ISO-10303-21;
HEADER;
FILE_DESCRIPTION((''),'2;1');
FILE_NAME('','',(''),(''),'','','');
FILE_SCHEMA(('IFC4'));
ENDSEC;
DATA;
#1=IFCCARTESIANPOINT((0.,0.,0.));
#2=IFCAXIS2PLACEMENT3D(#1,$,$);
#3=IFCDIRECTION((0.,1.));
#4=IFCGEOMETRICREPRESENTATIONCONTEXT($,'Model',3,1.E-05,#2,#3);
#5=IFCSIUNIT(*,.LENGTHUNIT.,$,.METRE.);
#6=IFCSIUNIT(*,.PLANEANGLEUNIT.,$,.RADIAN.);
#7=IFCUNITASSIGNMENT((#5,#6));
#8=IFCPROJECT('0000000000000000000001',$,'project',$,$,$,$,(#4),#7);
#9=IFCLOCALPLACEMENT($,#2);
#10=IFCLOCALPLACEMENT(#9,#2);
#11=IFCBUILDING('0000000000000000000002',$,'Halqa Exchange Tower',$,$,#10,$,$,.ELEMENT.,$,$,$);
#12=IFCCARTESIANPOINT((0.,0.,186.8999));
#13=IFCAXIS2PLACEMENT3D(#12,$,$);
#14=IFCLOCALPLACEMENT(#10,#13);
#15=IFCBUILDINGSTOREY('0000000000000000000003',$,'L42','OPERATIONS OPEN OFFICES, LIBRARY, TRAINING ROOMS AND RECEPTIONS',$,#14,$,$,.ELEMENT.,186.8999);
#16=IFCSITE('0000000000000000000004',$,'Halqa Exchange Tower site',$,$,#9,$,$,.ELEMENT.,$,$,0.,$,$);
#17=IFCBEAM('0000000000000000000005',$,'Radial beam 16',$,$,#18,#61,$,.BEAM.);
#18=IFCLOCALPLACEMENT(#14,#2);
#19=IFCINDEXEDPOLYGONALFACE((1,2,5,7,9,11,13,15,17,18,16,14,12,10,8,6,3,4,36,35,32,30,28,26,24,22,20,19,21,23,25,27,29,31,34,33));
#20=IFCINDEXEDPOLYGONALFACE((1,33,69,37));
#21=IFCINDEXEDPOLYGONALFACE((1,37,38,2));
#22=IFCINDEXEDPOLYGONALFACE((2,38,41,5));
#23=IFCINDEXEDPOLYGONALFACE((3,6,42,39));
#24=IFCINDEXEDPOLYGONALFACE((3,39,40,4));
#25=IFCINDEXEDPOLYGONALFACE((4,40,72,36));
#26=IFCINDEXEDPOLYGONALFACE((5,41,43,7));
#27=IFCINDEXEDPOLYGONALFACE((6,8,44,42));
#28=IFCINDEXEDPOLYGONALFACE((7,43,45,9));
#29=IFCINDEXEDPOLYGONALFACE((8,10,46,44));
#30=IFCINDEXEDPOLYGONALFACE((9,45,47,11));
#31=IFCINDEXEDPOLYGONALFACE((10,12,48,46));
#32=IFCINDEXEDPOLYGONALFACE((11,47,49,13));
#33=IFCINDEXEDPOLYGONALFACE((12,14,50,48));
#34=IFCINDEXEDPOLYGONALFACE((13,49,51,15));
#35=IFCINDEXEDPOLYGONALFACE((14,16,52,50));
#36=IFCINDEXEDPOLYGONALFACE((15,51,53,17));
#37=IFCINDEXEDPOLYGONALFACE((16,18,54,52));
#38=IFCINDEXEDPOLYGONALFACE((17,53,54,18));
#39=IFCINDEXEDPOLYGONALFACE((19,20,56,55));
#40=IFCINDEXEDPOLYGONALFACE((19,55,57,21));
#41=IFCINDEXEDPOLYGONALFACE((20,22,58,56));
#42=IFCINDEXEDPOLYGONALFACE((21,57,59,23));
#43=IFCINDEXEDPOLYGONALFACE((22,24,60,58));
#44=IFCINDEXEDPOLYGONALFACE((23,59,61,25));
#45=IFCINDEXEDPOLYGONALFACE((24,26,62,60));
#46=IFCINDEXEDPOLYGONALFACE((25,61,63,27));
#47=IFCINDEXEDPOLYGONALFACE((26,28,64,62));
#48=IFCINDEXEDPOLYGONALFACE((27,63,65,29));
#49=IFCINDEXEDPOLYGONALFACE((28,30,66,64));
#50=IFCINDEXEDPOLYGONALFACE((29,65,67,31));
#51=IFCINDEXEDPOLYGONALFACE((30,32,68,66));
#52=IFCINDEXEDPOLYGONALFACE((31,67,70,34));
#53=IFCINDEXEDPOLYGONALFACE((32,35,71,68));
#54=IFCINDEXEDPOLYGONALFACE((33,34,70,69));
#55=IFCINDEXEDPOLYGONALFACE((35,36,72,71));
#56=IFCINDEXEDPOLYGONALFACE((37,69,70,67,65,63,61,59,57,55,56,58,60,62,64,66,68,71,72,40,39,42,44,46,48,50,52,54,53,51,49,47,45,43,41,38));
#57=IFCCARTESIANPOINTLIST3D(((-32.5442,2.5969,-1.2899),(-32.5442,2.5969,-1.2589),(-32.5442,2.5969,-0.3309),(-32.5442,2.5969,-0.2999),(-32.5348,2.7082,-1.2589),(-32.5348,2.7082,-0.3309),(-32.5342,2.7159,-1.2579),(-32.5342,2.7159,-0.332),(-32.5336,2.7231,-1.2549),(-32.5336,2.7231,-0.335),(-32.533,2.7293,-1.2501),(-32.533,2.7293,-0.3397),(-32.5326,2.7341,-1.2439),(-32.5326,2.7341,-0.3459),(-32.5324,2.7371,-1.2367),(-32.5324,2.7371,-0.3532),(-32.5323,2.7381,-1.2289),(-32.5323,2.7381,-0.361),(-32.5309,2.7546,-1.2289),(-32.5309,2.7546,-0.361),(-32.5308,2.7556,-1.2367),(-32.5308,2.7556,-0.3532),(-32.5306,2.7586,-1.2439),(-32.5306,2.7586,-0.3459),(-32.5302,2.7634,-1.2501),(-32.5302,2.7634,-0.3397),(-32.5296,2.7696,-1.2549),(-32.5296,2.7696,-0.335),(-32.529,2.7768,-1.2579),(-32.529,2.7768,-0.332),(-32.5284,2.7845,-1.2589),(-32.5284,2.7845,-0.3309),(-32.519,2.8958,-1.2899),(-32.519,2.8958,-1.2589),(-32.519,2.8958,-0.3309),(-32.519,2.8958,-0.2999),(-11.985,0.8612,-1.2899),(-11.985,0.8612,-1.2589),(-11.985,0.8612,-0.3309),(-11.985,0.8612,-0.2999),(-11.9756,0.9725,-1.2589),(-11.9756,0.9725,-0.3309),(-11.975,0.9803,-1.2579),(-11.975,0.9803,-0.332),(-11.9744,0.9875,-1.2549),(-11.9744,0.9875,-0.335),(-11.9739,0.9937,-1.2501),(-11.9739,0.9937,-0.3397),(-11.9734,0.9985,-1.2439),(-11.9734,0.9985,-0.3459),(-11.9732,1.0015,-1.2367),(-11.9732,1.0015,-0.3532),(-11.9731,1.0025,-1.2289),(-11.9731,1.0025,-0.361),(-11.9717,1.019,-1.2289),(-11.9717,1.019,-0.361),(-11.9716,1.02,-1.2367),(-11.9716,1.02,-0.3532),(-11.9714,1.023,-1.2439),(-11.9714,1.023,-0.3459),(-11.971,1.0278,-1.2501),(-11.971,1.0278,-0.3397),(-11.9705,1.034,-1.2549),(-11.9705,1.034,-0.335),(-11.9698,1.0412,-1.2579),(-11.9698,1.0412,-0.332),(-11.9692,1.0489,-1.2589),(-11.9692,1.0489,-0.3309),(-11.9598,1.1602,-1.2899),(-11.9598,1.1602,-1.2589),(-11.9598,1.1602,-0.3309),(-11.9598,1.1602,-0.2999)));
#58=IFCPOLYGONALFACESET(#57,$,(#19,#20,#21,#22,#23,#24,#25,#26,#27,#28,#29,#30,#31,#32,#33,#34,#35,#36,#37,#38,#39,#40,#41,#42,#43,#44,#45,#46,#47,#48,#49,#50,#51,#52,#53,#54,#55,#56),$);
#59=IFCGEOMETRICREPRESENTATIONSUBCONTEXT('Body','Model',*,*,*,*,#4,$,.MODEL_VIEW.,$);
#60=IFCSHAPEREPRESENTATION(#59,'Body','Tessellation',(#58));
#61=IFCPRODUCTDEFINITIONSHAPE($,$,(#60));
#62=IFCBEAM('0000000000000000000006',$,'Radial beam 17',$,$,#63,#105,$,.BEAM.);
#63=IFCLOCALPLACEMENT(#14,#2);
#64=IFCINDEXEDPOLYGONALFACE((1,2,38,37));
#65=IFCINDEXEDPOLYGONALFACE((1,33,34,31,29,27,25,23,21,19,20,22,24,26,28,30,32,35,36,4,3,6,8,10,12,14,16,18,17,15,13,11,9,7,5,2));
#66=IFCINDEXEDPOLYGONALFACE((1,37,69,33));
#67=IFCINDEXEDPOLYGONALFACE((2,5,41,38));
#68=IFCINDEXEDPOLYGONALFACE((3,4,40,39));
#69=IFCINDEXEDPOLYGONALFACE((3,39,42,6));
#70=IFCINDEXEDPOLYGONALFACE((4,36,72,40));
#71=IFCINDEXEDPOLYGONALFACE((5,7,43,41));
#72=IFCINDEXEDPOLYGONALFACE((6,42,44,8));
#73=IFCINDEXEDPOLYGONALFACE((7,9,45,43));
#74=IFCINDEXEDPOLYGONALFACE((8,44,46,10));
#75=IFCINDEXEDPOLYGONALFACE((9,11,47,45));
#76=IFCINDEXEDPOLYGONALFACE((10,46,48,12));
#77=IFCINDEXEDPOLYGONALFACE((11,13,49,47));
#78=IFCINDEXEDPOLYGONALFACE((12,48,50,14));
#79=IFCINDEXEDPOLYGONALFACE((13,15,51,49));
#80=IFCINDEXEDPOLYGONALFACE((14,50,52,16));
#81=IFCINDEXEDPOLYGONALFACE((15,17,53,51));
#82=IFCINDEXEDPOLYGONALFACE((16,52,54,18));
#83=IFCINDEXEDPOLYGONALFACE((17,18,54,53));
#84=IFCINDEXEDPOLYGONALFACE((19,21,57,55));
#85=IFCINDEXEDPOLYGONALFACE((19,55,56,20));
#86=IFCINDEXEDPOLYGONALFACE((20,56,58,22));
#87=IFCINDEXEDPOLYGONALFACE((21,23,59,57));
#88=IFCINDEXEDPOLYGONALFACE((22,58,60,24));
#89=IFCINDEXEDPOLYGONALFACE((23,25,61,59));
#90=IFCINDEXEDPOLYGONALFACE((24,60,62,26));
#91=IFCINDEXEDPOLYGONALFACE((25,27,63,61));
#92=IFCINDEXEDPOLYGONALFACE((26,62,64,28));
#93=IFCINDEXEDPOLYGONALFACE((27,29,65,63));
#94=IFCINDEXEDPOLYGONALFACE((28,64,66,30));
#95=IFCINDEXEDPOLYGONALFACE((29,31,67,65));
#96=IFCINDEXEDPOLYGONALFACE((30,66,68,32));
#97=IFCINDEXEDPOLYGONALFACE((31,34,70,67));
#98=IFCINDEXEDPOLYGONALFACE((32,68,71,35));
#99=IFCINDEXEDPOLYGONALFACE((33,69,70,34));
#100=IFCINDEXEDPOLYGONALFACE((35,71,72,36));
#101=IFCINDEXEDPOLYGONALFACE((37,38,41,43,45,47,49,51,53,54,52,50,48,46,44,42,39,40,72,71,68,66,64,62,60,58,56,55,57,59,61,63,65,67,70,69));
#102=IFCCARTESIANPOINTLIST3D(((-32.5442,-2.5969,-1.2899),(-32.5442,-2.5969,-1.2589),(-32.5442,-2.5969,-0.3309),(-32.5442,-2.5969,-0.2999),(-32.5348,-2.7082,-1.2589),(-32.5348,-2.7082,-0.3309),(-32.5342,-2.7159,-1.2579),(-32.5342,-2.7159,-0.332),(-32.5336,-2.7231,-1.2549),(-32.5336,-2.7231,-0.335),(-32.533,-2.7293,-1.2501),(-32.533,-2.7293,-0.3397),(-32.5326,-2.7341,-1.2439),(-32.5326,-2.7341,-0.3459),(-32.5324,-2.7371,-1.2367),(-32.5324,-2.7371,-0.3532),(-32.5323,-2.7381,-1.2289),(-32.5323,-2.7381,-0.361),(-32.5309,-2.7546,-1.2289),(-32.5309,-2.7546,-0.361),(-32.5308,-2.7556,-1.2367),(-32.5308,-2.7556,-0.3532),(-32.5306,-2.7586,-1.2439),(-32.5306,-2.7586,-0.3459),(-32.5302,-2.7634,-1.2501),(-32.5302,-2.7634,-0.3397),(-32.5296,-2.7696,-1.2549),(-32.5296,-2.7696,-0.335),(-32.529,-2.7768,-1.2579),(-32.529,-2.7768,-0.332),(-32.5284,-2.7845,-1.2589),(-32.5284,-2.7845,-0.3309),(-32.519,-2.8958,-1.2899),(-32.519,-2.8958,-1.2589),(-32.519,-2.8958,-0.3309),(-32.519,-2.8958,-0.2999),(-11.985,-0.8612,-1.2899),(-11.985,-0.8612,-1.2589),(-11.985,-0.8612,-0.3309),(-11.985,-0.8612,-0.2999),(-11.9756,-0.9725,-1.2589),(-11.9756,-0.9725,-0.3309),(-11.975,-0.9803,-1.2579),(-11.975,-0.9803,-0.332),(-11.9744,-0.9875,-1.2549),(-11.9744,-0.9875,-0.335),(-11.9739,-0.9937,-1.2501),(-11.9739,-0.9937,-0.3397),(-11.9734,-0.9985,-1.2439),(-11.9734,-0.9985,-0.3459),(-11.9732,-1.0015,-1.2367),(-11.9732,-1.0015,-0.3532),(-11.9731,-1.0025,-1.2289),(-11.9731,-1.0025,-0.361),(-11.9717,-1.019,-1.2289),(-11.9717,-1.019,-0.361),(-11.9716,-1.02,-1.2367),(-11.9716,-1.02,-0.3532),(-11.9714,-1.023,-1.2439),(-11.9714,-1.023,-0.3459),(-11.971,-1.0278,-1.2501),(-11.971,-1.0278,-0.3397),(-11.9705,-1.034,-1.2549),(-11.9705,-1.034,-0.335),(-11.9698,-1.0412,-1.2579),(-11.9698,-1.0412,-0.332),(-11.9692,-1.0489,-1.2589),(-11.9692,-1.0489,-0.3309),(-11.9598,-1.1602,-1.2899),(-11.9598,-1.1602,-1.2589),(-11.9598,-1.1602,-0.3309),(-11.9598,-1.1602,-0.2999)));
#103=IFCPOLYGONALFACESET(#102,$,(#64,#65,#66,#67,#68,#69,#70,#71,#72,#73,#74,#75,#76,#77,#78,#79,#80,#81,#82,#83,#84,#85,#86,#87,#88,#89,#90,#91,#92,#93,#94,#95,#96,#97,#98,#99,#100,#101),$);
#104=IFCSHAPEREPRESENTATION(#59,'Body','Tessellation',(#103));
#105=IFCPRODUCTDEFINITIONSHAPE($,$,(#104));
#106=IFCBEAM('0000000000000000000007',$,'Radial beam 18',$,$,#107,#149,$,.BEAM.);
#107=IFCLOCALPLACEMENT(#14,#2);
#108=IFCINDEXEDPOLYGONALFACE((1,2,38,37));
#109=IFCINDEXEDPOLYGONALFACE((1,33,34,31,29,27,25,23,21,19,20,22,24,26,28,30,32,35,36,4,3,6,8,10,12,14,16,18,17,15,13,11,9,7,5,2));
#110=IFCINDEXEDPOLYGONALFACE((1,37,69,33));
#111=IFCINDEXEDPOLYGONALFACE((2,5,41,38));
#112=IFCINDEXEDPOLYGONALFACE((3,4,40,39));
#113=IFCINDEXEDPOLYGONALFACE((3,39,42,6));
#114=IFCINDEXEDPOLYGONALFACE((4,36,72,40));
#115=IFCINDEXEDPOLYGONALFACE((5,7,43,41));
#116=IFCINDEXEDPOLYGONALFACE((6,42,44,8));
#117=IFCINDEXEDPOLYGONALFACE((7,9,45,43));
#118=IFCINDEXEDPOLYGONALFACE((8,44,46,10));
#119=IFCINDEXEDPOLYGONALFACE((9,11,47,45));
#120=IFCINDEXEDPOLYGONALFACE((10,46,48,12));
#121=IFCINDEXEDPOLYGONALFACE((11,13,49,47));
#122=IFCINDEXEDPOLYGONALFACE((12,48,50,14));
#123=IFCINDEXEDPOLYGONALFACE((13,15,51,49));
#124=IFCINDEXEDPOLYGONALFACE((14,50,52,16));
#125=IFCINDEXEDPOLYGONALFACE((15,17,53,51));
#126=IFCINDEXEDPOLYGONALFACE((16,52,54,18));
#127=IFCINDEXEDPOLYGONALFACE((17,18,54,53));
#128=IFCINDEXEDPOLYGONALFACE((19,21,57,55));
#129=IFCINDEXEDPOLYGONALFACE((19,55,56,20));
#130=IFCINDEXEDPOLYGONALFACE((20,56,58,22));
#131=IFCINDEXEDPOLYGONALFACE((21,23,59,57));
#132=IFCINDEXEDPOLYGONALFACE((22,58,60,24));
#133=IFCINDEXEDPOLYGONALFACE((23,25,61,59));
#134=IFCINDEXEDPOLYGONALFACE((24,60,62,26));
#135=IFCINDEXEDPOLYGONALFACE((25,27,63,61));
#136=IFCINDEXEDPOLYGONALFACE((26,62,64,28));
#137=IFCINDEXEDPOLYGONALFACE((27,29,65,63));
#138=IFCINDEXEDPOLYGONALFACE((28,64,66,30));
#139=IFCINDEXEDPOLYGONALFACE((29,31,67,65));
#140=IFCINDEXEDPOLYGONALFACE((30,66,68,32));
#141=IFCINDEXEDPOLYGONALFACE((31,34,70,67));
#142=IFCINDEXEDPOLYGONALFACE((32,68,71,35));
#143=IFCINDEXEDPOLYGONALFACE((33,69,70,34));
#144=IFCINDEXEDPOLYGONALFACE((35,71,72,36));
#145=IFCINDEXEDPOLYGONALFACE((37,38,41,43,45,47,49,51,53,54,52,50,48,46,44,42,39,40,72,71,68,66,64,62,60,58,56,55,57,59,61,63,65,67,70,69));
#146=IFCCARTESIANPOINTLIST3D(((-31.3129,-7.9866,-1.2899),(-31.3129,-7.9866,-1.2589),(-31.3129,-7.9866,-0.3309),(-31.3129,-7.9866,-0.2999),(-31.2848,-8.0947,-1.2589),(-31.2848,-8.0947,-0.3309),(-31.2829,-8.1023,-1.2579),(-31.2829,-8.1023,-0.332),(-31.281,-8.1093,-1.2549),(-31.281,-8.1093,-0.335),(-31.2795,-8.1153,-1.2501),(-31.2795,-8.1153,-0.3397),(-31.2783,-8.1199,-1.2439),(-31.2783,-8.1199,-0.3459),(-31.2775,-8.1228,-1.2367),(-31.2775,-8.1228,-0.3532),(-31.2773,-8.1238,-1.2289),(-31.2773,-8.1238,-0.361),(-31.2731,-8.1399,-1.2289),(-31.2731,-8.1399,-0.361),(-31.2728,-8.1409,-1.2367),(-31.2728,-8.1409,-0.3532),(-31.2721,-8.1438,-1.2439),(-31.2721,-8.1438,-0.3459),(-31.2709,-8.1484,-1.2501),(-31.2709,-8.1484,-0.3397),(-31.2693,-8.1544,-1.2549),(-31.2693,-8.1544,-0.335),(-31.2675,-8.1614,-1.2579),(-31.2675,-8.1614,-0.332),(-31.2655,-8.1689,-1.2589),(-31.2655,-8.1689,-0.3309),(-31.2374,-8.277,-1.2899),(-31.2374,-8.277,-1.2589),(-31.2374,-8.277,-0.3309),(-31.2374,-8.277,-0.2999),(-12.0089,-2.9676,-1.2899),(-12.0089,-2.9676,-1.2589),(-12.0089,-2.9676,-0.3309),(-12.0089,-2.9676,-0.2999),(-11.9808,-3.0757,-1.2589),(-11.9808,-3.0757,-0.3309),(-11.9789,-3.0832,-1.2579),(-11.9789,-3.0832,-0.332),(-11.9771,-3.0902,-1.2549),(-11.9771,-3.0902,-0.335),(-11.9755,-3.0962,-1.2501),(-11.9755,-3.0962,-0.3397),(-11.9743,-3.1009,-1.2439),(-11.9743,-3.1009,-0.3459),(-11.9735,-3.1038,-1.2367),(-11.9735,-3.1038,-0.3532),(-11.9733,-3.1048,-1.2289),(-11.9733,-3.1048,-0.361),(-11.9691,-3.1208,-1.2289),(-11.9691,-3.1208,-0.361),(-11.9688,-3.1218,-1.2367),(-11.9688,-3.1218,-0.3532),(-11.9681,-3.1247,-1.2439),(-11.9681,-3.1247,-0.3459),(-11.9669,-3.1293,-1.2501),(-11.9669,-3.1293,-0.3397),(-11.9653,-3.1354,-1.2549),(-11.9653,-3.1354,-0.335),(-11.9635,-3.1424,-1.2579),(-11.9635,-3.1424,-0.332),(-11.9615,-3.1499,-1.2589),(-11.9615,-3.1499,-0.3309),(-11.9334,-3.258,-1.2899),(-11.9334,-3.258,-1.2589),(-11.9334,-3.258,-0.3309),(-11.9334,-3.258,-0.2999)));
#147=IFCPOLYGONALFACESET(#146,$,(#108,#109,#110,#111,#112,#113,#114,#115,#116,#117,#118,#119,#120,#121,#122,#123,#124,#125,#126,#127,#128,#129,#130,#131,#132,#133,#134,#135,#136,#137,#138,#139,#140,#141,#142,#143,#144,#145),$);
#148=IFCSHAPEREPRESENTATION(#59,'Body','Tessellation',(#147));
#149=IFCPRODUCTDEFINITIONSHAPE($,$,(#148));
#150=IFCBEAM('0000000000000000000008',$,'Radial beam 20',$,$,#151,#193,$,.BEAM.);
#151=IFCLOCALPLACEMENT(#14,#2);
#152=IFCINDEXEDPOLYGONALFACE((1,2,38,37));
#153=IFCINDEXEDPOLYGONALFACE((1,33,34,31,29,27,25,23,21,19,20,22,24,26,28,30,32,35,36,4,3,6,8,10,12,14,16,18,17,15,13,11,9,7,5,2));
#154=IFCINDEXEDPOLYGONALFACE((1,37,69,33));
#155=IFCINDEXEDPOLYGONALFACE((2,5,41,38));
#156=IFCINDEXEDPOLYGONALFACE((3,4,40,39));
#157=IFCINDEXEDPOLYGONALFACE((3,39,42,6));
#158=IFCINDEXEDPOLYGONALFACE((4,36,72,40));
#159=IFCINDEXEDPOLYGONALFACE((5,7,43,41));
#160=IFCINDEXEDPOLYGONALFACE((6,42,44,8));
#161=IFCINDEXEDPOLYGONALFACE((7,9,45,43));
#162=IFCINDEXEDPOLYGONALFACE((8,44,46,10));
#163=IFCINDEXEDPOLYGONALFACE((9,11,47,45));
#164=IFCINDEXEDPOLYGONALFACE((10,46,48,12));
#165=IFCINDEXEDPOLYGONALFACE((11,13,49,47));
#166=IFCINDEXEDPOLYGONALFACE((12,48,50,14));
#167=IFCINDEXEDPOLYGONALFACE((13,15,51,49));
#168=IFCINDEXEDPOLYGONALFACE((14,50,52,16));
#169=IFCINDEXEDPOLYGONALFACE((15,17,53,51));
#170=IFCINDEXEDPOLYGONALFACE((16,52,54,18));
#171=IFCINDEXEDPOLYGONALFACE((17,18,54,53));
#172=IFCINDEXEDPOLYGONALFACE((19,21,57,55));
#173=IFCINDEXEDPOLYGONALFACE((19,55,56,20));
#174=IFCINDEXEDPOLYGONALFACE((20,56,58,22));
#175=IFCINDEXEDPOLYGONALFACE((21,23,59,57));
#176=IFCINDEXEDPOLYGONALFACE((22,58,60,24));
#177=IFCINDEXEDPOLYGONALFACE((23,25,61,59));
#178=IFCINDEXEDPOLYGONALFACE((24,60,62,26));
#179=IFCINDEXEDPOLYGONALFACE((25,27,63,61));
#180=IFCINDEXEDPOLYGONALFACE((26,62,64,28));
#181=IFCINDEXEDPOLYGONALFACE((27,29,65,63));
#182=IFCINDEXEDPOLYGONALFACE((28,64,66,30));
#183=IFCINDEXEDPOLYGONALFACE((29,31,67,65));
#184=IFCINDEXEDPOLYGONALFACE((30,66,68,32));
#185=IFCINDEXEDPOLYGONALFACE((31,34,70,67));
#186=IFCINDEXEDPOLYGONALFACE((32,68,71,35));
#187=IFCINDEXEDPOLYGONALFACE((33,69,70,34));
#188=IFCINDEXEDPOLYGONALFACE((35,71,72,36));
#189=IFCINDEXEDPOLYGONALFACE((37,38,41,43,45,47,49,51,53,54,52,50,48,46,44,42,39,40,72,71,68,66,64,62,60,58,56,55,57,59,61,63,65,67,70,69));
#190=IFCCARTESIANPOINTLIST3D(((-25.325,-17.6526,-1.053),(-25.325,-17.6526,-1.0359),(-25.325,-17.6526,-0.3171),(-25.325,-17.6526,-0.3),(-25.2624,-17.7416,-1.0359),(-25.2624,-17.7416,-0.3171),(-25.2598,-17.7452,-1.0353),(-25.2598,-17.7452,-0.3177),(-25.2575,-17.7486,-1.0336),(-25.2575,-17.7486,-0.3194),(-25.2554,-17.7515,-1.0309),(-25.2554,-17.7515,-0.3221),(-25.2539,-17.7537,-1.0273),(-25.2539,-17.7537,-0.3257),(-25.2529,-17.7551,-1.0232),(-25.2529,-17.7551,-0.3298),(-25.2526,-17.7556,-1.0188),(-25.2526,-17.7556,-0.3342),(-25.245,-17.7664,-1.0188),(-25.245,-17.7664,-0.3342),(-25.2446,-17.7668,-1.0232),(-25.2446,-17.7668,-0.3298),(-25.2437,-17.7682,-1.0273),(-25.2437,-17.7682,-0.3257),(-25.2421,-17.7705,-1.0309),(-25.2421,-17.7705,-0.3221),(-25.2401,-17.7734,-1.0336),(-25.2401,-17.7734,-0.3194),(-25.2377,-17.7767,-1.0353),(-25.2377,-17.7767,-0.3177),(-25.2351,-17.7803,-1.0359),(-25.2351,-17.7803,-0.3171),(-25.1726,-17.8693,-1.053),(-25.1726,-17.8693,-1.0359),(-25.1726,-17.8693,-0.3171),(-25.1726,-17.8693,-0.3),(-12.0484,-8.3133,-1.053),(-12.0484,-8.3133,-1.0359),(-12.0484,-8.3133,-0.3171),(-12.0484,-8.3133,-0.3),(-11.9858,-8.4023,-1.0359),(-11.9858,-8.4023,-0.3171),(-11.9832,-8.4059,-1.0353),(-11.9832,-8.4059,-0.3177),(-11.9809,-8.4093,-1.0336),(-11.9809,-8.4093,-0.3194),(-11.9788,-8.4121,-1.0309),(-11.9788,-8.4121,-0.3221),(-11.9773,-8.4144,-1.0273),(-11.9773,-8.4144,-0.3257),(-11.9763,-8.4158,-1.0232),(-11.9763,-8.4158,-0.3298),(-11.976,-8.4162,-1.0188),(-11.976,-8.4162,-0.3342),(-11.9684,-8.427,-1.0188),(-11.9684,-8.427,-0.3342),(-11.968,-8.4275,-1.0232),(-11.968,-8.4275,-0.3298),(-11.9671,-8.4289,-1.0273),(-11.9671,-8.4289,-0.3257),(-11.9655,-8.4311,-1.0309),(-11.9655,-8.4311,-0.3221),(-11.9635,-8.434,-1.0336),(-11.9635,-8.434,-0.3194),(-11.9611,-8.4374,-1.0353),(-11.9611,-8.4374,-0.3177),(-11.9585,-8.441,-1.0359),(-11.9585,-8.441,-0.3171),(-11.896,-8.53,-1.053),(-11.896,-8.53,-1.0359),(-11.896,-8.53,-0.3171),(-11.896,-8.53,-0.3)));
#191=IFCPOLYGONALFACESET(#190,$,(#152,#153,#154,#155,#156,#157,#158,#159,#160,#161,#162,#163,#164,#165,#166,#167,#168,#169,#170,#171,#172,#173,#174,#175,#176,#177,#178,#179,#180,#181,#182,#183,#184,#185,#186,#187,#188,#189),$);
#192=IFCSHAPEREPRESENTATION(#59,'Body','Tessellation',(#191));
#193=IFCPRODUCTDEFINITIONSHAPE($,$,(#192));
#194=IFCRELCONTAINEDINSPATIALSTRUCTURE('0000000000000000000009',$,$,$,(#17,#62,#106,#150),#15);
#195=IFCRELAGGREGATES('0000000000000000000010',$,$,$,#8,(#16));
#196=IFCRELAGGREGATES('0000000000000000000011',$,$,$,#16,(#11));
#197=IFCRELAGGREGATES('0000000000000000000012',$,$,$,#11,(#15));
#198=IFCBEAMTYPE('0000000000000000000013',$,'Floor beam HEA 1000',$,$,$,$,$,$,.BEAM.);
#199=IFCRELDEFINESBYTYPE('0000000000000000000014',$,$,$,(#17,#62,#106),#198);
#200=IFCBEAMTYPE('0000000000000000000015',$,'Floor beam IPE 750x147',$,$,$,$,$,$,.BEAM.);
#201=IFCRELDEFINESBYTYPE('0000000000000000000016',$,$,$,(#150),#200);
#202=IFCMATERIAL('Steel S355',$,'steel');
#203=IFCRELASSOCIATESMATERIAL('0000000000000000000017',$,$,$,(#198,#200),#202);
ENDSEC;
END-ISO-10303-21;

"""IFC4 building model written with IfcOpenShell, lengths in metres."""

from ifc_helpers import new_model, si_unit, direction, frame, origin, origin_2d, place, context, subcontext, project, spatial, i_section, extrude, material, material_profile, profile_set, type_object, element, save


model = new_model("IFC4")

# Units and contexts
model_context = context("Model", 3, precision=1e-05, world=origin(), true_north=direction((0.0, 1.0)))
body_context = subcontext(model_context, "Body", "Model", "MODEL_VIEW")
ifc_project = project(units=[si_unit("LENGTHUNIT", "METRE"), si_unit("PLANEANGLEUNIT", "RADIAN")], contexts=[model_context])

# Site, building, storey
site_placement = place(None, origin())
site = spatial("IfcSite", under=ifc_project, at=site_placement, Name="Halqa Exchange Tower site", CompositionType="ELEMENT", RefElevation=0.0)
building_placement = place(site_placement, origin())
building = spatial("IfcBuilding", under=site, at=building_placement, Name="Halqa Exchange Tower", CompositionType="ELEMENT")
storey_placement = place(building_placement, frame((0.0, 0.0, 186.8999)))
storey = spatial("IfcBuildingStorey", under=building, at=storey_placement, Name="L42", Description="OPERATIONS OPEN OFFICES, LIBRARY, TRAINING ROOMS AND RECEPTIONS", CompositionType="ELEMENT", Elevation=186.8999)

# Beams
ifc_material_1 = material(Name="Steel S355", Category="steel")
ifc_material_profile_1 = material_profile(ifc_material_1, i_section(OverallWidth=0.3, OverallDepth=0.99, WebThickness=0.0166, FlangeThickness=0.031, FilletRadius=0.03, at=origin_2d()), Name="HEA 1000")
ifc_profile_set_1 = profile_set([ifc_material_profile_1], Name="Steel S355")
beam_type_1 = type_object("IfcBeamType", Name="Floor beam HEA 1000", PredefinedType="BEAM", material=ifc_profile_set_1)
for number, where, z_axis, x_axis, name in (
    (1, (-11.9724, 1.0107, -0.7949), (-0.996456, 0.084121, 0.0), (-0.084121, -0.996456, 0.0), "Radial beam 16"),
    (2, (-11.9724, -1.0107, -0.7949), (-0.996456, -0.084121, 0.0), (0.084121, -0.996456, 0.0), "Radial beam 17"),
):
    element("IfcBeam", number, at=place(storey_placement, frame(where, z_axis=z_axis, x_axis=x_axis)), inside=storey, type_object=beam_type_1, Name=name, PredefinedType="BEAM", context=body_context, shape_type="SweptSolid", body=[
        extrude(i_section(OverallWidth=0.3, OverallDepth=0.99, WebThickness=0.0166, FlangeThickness=0.031, FilletRadius=0.03, at=origin_2d()), origin(), (0.0, 0.0, 1.0), 20.6323),
    ])
beam_1_placement = place(storey_placement, frame((-11.9712, -3.1128, -0.7949), z_axis=(-0.967822, -0.251635, 0.0), x_axis=(0.251635, -0.967822, 0.0)))
element("IfcBeam", 3, at=beam_1_placement, inside=storey, type_object=beam_type_1, Name="Radial beam 18", PredefinedType="BEAM", context=body_context, shape_type="SweptSolid", body=[
    extrude(i_section(OverallWidth=0.3, OverallDepth=0.99, WebThickness=0.0166, FlangeThickness=0.031, FilletRadius=0.03, at=origin_2d()), origin(), (0.0, 0.0, 1.0), 19.9458),
])
ifc_material_profile_2 = material_profile(ifc_material_1, i_section(OverallWidth=0.2649, OverallDepth=0.7529, WebThickness=0.0132, FlangeThickness=0.0171, FilletRadius=0.0171, at=origin_2d()), Name="IPE 750x147")
ifc_profile_set_2 = profile_set([ifc_material_profile_2], Name="Steel S355")
beam_type_2 = type_object("IfcBeamType", Name="Floor beam IPE 750x147", PredefinedType="BEAM", material=ifc_profile_set_2)
beam_2_placement = place(storey_placement, frame((-11.9722, -8.4216, -0.6765), z_axis=(-0.817906, -0.575351, 0.0), x_axis=(0.575351, -0.817906, 0.0)))
element("IfcBeam", 4, at=beam_2_placement, inside=storey, type_object=beam_type_2, Name="Radial beam 20", PredefinedType="BEAM", context=body_context, shape_type="SweptSolid", body=[
    extrude(i_section(OverallWidth=0.2649, OverallDepth=0.7529, WebThickness=0.0132, FlangeThickness=0.0171, FilletRadius=0.0171, at=origin_2d()), origin(), (0.0, 0.0, 1.0), 16.2324),
])

save(model, "model.ifc")
